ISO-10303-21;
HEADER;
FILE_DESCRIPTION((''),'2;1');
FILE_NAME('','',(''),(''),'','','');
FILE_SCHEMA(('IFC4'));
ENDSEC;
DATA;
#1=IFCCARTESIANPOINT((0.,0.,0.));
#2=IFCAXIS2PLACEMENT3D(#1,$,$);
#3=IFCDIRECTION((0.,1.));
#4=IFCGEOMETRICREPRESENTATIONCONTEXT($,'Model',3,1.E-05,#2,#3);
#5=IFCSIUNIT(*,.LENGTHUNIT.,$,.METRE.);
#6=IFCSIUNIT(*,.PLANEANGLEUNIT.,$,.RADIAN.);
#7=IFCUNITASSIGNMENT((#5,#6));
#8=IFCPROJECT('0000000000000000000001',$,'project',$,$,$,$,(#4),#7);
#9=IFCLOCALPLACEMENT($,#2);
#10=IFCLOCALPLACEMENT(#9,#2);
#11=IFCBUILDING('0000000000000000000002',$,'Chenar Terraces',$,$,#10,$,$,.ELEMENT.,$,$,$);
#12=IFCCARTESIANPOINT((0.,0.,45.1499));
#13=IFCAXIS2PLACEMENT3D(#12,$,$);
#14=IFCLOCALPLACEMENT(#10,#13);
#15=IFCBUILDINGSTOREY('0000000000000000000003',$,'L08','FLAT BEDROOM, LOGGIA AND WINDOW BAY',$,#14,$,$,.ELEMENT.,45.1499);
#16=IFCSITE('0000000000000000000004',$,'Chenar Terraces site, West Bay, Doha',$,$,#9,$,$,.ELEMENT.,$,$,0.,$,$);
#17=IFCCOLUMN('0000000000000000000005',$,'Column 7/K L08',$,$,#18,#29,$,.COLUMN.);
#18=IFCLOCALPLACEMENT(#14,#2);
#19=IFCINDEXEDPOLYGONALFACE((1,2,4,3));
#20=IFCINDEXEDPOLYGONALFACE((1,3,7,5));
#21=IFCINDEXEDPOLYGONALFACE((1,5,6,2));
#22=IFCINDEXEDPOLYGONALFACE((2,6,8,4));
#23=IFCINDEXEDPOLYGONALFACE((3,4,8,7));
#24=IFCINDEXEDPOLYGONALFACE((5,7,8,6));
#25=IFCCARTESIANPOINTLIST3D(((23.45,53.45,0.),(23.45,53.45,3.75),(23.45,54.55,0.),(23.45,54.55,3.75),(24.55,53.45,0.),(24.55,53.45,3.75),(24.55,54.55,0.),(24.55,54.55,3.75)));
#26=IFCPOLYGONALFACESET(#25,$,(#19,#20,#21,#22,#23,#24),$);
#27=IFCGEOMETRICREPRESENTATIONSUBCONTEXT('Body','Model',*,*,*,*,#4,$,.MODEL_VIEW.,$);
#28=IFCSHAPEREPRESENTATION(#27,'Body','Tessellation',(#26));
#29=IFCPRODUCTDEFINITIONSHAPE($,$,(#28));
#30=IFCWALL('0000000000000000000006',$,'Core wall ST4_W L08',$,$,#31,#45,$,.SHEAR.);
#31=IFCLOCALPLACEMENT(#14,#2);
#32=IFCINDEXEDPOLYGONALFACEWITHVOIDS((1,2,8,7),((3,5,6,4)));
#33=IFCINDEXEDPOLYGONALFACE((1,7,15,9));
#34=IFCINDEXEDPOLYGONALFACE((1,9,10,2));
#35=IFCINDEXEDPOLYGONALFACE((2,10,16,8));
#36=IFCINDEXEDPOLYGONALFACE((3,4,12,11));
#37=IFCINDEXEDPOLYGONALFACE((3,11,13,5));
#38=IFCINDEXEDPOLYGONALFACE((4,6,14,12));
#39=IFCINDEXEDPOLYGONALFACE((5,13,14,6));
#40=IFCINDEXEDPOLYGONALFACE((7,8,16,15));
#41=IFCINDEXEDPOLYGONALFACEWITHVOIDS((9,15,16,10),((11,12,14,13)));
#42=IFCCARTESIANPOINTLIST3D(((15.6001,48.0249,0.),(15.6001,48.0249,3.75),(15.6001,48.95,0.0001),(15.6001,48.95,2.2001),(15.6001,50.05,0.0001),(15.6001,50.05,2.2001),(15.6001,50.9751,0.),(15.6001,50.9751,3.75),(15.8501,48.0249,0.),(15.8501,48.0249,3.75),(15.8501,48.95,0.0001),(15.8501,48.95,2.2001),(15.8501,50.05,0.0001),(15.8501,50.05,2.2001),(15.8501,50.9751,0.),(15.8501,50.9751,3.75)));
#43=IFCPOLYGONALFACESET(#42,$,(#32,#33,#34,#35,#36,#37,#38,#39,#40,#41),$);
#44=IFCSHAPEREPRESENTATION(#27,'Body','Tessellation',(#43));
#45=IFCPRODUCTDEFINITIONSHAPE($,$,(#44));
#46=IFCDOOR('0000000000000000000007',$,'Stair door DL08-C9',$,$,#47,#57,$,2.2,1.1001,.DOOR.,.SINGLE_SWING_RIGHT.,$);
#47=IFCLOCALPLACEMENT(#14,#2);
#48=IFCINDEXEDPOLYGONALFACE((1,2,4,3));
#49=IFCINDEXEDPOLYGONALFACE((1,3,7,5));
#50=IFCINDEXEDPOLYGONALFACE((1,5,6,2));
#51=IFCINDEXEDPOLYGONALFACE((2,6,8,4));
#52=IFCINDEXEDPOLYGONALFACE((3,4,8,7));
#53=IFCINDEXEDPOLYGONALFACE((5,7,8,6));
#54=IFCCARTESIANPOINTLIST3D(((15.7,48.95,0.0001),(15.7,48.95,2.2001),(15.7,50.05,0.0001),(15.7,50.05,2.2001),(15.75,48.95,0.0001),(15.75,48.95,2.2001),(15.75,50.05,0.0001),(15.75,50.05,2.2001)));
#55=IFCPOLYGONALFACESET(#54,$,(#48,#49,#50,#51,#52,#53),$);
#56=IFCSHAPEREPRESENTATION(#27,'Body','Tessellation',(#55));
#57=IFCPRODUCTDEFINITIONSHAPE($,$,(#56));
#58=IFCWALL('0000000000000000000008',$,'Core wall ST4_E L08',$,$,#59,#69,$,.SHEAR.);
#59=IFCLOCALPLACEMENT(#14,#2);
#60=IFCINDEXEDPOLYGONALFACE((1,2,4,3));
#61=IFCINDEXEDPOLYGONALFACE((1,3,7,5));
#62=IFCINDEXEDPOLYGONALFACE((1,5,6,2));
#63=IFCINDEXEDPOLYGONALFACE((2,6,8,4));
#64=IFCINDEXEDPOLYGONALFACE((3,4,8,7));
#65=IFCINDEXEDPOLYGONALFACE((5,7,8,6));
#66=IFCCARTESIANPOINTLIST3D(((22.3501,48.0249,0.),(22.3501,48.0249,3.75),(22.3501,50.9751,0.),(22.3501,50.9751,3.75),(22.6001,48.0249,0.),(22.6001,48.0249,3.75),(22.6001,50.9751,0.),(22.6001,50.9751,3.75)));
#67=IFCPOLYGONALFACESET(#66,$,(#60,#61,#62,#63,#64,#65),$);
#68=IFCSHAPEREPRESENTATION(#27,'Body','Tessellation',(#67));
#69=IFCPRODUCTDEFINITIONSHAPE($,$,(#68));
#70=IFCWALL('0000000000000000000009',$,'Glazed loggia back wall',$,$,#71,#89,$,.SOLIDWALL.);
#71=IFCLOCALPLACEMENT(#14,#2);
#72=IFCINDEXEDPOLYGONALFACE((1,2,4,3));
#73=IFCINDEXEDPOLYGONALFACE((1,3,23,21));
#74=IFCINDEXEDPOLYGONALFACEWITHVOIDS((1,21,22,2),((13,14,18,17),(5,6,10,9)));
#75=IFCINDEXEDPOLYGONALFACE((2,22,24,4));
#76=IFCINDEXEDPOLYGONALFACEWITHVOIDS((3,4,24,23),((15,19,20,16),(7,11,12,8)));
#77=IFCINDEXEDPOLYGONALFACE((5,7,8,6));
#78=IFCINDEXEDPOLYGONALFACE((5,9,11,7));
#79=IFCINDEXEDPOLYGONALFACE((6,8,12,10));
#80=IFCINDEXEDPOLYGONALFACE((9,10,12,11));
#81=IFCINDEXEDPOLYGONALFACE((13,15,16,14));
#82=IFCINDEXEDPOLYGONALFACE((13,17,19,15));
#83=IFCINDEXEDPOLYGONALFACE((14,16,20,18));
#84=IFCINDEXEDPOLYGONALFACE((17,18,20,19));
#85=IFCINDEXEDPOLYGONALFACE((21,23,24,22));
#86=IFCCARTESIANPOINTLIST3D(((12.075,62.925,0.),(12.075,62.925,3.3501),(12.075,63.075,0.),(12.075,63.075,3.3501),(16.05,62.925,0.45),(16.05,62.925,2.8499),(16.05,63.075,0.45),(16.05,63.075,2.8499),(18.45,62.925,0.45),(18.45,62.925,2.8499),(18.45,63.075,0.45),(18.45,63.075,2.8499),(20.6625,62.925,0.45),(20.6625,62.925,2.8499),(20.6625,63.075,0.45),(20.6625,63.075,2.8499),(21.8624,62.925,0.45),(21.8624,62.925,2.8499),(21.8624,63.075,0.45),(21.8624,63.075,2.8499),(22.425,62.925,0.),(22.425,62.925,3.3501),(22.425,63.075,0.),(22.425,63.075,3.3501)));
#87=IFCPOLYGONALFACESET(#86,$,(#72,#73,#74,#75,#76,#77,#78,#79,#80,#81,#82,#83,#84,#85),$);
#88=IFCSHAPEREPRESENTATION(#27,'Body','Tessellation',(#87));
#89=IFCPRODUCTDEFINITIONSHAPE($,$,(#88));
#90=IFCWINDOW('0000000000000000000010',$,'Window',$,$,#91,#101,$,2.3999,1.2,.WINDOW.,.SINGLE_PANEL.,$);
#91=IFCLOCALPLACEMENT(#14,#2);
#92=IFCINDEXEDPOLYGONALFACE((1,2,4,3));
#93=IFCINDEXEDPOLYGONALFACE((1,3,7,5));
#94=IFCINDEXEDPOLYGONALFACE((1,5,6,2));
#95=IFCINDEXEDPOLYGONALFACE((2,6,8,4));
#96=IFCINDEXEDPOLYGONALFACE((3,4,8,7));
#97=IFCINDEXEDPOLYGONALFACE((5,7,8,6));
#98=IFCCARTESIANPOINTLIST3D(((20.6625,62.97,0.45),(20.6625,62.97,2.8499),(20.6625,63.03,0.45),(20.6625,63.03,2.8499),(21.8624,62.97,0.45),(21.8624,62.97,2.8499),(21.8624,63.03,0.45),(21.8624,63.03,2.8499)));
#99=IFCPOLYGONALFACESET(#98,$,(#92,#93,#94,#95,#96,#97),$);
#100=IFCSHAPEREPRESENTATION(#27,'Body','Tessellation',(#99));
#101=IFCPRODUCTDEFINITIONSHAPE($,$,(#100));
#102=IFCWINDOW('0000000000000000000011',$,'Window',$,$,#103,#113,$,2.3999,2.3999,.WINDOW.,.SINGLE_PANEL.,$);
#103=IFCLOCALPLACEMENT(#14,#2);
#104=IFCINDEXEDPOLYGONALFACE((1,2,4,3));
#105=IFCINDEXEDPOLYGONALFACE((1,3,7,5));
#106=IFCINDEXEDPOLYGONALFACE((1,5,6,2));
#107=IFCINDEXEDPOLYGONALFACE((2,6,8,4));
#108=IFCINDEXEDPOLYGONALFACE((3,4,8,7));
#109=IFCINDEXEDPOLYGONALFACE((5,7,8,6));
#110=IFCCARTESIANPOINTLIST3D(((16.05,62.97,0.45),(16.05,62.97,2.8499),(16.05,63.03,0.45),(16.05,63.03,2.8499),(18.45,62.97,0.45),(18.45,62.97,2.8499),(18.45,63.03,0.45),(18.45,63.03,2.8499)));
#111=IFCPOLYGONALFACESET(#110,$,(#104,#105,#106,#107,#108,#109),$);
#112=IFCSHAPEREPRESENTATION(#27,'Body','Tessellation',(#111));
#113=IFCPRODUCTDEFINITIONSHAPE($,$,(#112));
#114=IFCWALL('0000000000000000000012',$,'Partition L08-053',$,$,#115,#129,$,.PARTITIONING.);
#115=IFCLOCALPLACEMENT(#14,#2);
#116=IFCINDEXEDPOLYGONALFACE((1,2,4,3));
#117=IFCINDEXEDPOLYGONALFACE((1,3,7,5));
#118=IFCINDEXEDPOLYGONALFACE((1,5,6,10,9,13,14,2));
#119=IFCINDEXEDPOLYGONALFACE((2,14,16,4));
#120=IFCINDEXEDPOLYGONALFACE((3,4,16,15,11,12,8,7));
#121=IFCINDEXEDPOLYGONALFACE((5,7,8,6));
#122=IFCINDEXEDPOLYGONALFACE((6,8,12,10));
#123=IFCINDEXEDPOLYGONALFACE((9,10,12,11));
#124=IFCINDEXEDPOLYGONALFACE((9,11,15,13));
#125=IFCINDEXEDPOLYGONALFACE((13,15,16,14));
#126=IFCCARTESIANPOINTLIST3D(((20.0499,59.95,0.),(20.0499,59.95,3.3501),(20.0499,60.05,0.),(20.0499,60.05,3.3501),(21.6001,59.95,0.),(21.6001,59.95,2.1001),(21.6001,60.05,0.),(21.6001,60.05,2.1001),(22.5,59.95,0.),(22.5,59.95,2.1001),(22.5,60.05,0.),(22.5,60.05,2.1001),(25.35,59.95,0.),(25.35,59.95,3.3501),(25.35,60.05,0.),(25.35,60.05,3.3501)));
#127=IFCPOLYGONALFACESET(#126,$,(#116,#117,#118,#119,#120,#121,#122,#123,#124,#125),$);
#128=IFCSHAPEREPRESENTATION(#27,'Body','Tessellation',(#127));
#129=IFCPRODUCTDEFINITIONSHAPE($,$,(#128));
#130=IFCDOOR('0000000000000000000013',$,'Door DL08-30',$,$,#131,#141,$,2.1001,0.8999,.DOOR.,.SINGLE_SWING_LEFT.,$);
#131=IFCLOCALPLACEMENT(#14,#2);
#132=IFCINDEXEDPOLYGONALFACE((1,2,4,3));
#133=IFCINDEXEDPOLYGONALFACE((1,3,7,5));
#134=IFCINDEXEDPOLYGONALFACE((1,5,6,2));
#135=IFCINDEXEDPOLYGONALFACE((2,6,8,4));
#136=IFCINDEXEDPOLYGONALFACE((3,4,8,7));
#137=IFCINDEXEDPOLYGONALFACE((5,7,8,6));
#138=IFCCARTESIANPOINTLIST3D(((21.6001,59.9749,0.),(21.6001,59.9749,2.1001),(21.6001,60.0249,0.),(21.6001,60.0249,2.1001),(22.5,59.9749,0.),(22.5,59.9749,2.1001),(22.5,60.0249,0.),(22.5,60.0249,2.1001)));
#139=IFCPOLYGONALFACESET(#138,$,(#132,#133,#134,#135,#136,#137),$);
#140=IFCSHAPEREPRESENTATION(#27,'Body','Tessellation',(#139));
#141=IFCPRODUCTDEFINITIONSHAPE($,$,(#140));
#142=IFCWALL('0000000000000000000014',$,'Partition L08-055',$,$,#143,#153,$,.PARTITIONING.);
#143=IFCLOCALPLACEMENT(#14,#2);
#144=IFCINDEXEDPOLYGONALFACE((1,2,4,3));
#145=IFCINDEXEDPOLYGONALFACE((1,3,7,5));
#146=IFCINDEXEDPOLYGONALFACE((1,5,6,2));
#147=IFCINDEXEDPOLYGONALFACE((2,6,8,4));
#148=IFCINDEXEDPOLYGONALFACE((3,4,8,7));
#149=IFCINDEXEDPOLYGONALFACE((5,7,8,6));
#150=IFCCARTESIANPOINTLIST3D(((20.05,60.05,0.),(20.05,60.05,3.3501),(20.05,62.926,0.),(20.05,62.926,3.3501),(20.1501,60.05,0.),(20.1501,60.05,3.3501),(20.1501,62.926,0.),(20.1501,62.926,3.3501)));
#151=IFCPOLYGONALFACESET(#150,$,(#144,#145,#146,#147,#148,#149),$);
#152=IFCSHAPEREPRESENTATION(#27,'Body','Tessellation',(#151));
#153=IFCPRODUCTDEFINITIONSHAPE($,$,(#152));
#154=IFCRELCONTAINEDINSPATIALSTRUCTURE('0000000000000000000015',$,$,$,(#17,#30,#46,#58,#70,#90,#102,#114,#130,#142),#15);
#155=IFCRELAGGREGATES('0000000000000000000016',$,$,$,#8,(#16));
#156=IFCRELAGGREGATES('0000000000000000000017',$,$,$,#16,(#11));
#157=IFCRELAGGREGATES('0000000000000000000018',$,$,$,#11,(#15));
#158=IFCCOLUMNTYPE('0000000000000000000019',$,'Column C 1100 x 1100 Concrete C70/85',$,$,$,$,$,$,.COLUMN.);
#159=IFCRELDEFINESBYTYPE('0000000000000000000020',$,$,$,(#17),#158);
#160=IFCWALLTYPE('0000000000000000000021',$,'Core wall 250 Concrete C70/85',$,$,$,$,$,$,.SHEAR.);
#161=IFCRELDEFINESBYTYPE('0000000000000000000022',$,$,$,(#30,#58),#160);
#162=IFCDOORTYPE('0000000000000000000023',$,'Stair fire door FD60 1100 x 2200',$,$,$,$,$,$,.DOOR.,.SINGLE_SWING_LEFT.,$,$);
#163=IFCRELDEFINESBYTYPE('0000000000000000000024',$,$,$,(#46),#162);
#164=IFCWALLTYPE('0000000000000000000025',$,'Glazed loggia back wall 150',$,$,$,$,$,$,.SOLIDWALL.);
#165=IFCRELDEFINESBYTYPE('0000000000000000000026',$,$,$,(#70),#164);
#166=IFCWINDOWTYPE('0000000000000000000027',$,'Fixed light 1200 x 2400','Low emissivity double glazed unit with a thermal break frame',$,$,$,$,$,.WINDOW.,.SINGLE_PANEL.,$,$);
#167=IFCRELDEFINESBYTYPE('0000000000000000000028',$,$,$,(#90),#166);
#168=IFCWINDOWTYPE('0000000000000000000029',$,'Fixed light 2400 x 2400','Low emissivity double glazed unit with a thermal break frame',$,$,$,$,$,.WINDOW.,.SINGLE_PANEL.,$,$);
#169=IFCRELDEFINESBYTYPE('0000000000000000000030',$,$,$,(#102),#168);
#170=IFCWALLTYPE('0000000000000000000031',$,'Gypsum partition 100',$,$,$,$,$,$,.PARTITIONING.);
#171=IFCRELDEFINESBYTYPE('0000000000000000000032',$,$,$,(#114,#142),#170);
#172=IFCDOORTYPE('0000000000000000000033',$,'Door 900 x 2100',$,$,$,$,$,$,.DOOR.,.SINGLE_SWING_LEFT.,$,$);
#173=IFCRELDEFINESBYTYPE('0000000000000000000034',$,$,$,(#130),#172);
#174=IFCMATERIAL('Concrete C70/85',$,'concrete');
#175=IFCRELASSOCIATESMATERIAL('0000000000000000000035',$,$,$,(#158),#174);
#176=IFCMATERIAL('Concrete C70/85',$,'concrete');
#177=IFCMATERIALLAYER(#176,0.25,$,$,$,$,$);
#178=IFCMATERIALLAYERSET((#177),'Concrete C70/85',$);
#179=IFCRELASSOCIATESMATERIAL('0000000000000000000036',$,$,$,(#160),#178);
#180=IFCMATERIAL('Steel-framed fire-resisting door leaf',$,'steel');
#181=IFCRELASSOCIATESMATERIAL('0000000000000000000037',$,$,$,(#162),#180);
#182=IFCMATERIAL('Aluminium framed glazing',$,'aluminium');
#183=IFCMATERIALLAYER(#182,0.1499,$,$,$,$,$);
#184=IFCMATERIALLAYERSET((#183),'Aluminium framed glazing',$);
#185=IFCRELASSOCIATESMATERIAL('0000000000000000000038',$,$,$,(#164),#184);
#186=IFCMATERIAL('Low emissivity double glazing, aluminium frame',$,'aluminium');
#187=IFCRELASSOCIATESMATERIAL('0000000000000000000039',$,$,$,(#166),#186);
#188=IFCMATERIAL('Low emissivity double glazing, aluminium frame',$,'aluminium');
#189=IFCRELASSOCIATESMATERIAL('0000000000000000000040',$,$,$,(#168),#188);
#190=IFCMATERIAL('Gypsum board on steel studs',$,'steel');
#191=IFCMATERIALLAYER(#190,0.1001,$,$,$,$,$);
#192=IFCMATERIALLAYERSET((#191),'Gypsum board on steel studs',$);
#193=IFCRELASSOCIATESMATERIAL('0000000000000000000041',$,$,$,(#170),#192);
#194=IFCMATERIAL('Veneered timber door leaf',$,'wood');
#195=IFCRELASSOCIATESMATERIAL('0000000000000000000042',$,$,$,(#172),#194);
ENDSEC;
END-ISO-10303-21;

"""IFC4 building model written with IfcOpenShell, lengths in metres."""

from ifc_helpers import new_model, si_unit, direction, frame, frame_2d, origin, origin_2d, place, context, subcontext, project, spatial, rectangle, extrude, material, layer, layer_set, material_profile, profile_set, type_object, element, fill, save


model = new_model("IFC4")

# Units and contexts
model_context = context("Model", 3, precision=1e-05, world=origin(), true_north=direction((0.0, 1.0)))
body_context = subcontext(model_context, "Body", "Model", "MODEL_VIEW")
ifc_project = project(units=[si_unit("LENGTHUNIT", "METRE"), si_unit("PLANEANGLEUNIT", "RADIAN")], contexts=[model_context])

# Site, building, storey
site_placement = place(None, origin())
site = spatial("IfcSite", under=ifc_project, at=site_placement, Name="Chenar Terraces site, West Bay, Doha", CompositionType="ELEMENT", RefElevation=0.0)
building_placement = place(site_placement, origin())
building = spatial("IfcBuilding", under=site, at=building_placement, Name="Chenar Terraces", CompositionType="ELEMENT")
storey_placement = place(building_placement, frame((0.0, 0.0, 45.1499)))
storey = spatial("IfcBuildingStorey", under=building, at=storey_placement, Name="L08", Description="FLAT BEDROOM, LOGGIA AND WINDOW BAY", CompositionType="ELEMENT", Elevation=45.1499)

# Column
ifc_material_1 = material(Name="Concrete C70/85", Category="concrete")
ifc_material_profile = material_profile(ifc_material_1, rectangle(XDim=1.1001, YDim=1.1001, at=origin_2d()), Name="C 1100 x 1100")
ifc_profile_set = profile_set([ifc_material_profile], Name="Concrete C70/85")
column_type = type_object("IfcColumnType", Name="Column C 1100 x 1100 Concrete C70/85", PredefinedType="COLUMN", material=ifc_profile_set)
column_placement = place(storey_placement, frame((24.0, 54.0, 0.0), z_axis=(0.0, 0.0, 1.0), x_axis=(1.0, 0.0, 0.0)))
element("IfcColumn", 1, at=column_placement, inside=storey, type_object=column_type, Name="Column 7/K L08", PredefinedType="COLUMN", context=body_context, shape_type="SweptSolid", body=[
    extrude(rectangle(XDim=1.1001, YDim=1.1001, at=origin_2d()), origin(), (0.0, 0.0, 1.0), 3.75),
])

# Wall, opening, door
ifc_material_2 = material(Name="Concrete C70/85", Category="concrete")
ifc_layer_1 = layer(ifc_material_2, 0.25)
ifc_layer_set_1 = layer_set([ifc_layer_1], Name="Concrete C70/85")
wall_type_1 = type_object("IfcWallType", Name="Core wall 250 Concrete C70/85", PredefinedType="SHEAR", material=ifc_layer_set_1)
wall_1_placement = place(storey_placement, frame((15.7251, 48.0249, 0.0), z_axis=(0.0, 0.0, 1.0), x_axis=(0.0, 1.0, 0.0)))
wall_1 = element("IfcWall", 2, at=wall_1_placement, inside=storey, type_object=wall_type_1, Name="Core wall ST4_W L08", PredefinedType="SHEAR", context=body_context, shape_type="SweptSolid", body=[
    extrude(rectangle(XDim=2.9502, YDim=0.25, at=frame_2d((1.4751, 0.0))), origin(), (0.0, 0.0, 1.0), 3.75),
])
opening_1_placement = place(wall_1_placement, frame((0.925, 0.0, 0.0)))
opening_1 = element("IfcOpeningElement", 3, at=opening_1_placement, cuts=wall_1, PredefinedType="OPENING", context=body_context, shape_type="SweptSolid", body=[
    extrude(rectangle(XDim=1.1001, YDim=2.2, at=frame_2d((0.55, 1.1001))), frame((0.0, 0.135, 0.0), z_axis=(0.0, -1.0, 0.0), x_axis=(1.0, 0.0, 0.0)), (0.0, 0.0, 1.0), 0.27),
])
ifc_material_3 = material(Name="Steel-framed fire-resisting door leaf", Category="steel")
door_type_1 = type_object("IfcDoorType", Name="Stair fire door FD60 1100 x 2200", OperationType="SINGLE_SWING_LEFT", PredefinedType="DOOR", material=ifc_material_3)
door_1_placement = place(opening_1_placement, frame((1.1001, 0.0, 0.0), z_axis=(0.0, 0.0, 1.0), x_axis=(-1.0, 0.0, 0.0)))
door_1 = element("IfcDoor", 4, at=door_1_placement, inside=storey, type_object=door_type_1, Name="Stair door DL08-C9", OperationType="SINGLE_SWING_RIGHT", OverallHeight=2.2, OverallWidth=1.1001, PredefinedType="DOOR", context=body_context, shape_type="SweptSolid", body=[
    extrude(rectangle(XDim=1.1001, YDim=2.2, at=frame_2d((0.55, 1.1001))), frame((0.0, 0.0249, 0.0), z_axis=(0.0, -1.0, 0.0), x_axis=(1.0, 0.0, 0.0)), (0.0, 0.0, 1.0), 0.05),
])
fill(opening_1, door_1)

# Wall
wall_2_placement = place(storey_placement, frame((22.4751, 48.0249, 0.0), z_axis=(0.0, 0.0, 1.0), x_axis=(0.0, 1.0, 0.0)))
element("IfcWall", 5, at=wall_2_placement, inside=storey, type_object=wall_type_1, Name="Core wall ST4_E L08", PredefinedType="SHEAR", context=body_context, shape_type="SweptSolid", body=[
    extrude(rectangle(XDim=2.9502, YDim=0.25, at=frame_2d((1.4751, 0.0))), origin(), (0.0, 0.0, 1.0), 3.75),
])

# Wall, openings, windows
ifc_material_4 = material(Name="Aluminium framed glazing", Category="aluminium")
ifc_layer_2 = layer(ifc_material_4, 0.1499)
ifc_layer_set_2 = layer_set([ifc_layer_2], Name="Aluminium framed glazing")
wall_type_2 = type_object("IfcWallType", Name="Glazed loggia back wall 150", PredefinedType="SOLIDWALL", material=ifc_layer_set_2)
wall_3_placement = place(storey_placement, frame((22.425, 63.0, 0.0), z_axis=(0.0, 0.0, 1.0), x_axis=(-1.0, 0.0, 0.0)))
wall_3 = element("IfcWall", 6, at=wall_3_placement, inside=storey, type_object=wall_type_2, Name="Glazed loggia back wall", PredefinedType="SOLIDWALL", context=body_context, shape_type="SweptSolid", body=[
    extrude(rectangle(XDim=10.3501, YDim=0.1499, at=frame_2d((5.175, 0.0))), origin(), (0.0, 0.0, 1.0), 3.3501),
])
opening_2_placement = place(wall_3_placement, frame((0.5625, 0.0, 0.45)))
opening_2 = element("IfcOpeningElement", 7, at=opening_2_placement, cuts=wall_3, PredefinedType="OPENING", context=body_context, shape_type="SweptSolid", body=[
    extrude(rectangle(XDim=1.2, YDim=2.3999, at=frame_2d((0.6001, 1.2))), frame((0.0, 0.085, 0.0), z_axis=(0.0, -1.0, 0.0), x_axis=(1.0, 0.0, 0.0)), (0.0, 0.0, 1.0), 0.1699),
])
opening_3_placement = place(wall_3_placement, frame((3.9751, 0.0, 0.45)))
opening_3 = element("IfcOpeningElement", 8, at=opening_3_placement, cuts=wall_3, PredefinedType="OPENING", context=body_context, shape_type="SweptSolid", body=[
    extrude(rectangle(XDim=2.3999, YDim=2.3999, at=frame_2d((1.2, 1.2))), frame((0.0, 0.085, 0.0), z_axis=(0.0, -1.0, 0.0), x_axis=(1.0, 0.0, 0.0)), (0.0, 0.0, 1.0), 0.1699),
])
ifc_material_5 = material(Name="Low emissivity double glazing, aluminium frame", Category="aluminium")
window_type_1 = type_object("IfcWindowType", Name="Fixed light 1200 x 2400", Description="Low emissivity double glazed unit with a thermal break frame", PartitioningType="SINGLE_PANEL", PredefinedType="WINDOW", material=ifc_material_5)
window_1_placement = place(opening_2_placement, origin())
window_1 = element("IfcWindow", 9, at=window_1_placement, inside=storey, type_object=window_type_1, Name="Window", OverallHeight=2.3999, OverallWidth=1.2, PartitioningType="SINGLE_PANEL", PredefinedType="WINDOW", context=body_context, shape_type="SweptSolid", body=[
    extrude(rectangle(XDim=1.2, YDim=2.3999, at=frame_2d((0.6001, 1.2))), frame((0.0, 0.03, 0.0), z_axis=(0.0, -1.0, 0.0), x_axis=(1.0, 0.0, 0.0)), (0.0, 0.0, 1.0), 0.0601),
])
fill(opening_2, window_1)
ifc_material_6 = material(Name="Low emissivity double glazing, aluminium frame", Category="aluminium")
window_type_2 = type_object("IfcWindowType", Name="Fixed light 2400 x 2400", Description="Low emissivity double glazed unit with a thermal break frame", PartitioningType="SINGLE_PANEL", PredefinedType="WINDOW", material=ifc_material_6)
window_2_placement = place(opening_3_placement, origin())
window_2 = element("IfcWindow", 10, at=window_2_placement, inside=storey, type_object=window_type_2, Name="Window", OverallHeight=2.3999, OverallWidth=2.3999, PartitioningType="SINGLE_PANEL", PredefinedType="WINDOW", context=body_context, shape_type="SweptSolid", body=[
    extrude(rectangle(XDim=2.3999, YDim=2.3999, at=frame_2d((1.2, 1.2))), frame((0.0, 0.03, 0.0), z_axis=(0.0, -1.0, 0.0), x_axis=(1.0, 0.0, 0.0)), (0.0, 0.0, 1.0), 0.0601),
])
fill(opening_3, window_2)

# Wall, opening, door
ifc_material_7 = material(Name="Gypsum board on steel studs", Category="steel")
ifc_layer_3 = layer(ifc_material_7, 0.1001)
ifc_layer_set_3 = layer_set([ifc_layer_3], Name="Gypsum board on steel studs")
wall_type_3 = type_object("IfcWallType", Name="Gypsum partition 100", PredefinedType="PARTITIONING", material=ifc_layer_set_3)
wall_4_placement = place(storey_placement, frame((20.05, 60.0, 0.0), z_axis=(0.0, 0.0, 1.0), x_axis=(1.0, 0.0, 0.0)))
wall_4 = element("IfcWall", 11, at=wall_4_placement, inside=storey, type_object=wall_type_3, Name="Partition L08-053", PredefinedType="PARTITIONING", context=body_context, shape_type="SweptSolid", body=[
    extrude(rectangle(XDim=5.3, YDim=0.1001, at=frame_2d((2.6499, 0.0))), origin(), (0.0, 0.0, 1.0), 3.3501),
])
opening_4_placement = place(wall_4_placement, frame((1.55, 0.0, 0.0)))
opening_4 = element("IfcOpeningElement", 12, at=opening_4_placement, cuts=wall_4, PredefinedType="OPENING", context=body_context, shape_type="SweptSolid", body=[
    extrude(rectangle(XDim=0.8999, YDim=2.1001, at=frame_2d((0.45, 1.05))), frame((0.0, 0.0601, 0.0), z_axis=(0.0, -1.0, 0.0), x_axis=(1.0, 0.0, 0.0)), (0.0, 0.0, 1.0), 0.1201),
])
ifc_material_8 = material(Name="Veneered timber door leaf", Category="wood")
door_type_2 = type_object("IfcDoorType", Name="Door 900 x 2100", OperationType="SINGLE_SWING_LEFT", PredefinedType="DOOR", material=ifc_material_8)
door_2_placement = place(opening_4_placement, origin())
door_2 = element("IfcDoor", 13, at=door_2_placement, inside=storey, type_object=door_type_2, Name="Door DL08-30", OperationType="SINGLE_SWING_LEFT", OverallHeight=2.1001, OverallWidth=0.8999, PredefinedType="DOOR", context=body_context, shape_type="SweptSolid", body=[
    extrude(rectangle(XDim=0.8999, YDim=2.1001, at=frame_2d((0.45, 1.05))), frame((0.0, 0.0249, 0.0), z_axis=(0.0, -1.0, 0.0), x_axis=(1.0, 0.0, 0.0)), (0.0, 0.0, 1.0), 0.05),
])
fill(opening_4, door_2)

# Wall
wall_5_placement = place(storey_placement, frame((20.1001, 60.05, 0.0), z_axis=(0.0, 0.0, 1.0), x_axis=(0.0, 1.0, 0.0)))
element("IfcWall", 14, at=wall_5_placement, inside=storey, type_object=wall_type_3, Name="Partition L08-055", PredefinedType="PARTITIONING", context=body_context, shape_type="SweptSolid", body=[
    extrude(rectangle(XDim=2.876, YDim=0.1001, at=frame_2d((1.438, 0.0))), origin(), (0.0, 0.0, 1.0), 3.3501),
])

save(model, "model.ifc")
